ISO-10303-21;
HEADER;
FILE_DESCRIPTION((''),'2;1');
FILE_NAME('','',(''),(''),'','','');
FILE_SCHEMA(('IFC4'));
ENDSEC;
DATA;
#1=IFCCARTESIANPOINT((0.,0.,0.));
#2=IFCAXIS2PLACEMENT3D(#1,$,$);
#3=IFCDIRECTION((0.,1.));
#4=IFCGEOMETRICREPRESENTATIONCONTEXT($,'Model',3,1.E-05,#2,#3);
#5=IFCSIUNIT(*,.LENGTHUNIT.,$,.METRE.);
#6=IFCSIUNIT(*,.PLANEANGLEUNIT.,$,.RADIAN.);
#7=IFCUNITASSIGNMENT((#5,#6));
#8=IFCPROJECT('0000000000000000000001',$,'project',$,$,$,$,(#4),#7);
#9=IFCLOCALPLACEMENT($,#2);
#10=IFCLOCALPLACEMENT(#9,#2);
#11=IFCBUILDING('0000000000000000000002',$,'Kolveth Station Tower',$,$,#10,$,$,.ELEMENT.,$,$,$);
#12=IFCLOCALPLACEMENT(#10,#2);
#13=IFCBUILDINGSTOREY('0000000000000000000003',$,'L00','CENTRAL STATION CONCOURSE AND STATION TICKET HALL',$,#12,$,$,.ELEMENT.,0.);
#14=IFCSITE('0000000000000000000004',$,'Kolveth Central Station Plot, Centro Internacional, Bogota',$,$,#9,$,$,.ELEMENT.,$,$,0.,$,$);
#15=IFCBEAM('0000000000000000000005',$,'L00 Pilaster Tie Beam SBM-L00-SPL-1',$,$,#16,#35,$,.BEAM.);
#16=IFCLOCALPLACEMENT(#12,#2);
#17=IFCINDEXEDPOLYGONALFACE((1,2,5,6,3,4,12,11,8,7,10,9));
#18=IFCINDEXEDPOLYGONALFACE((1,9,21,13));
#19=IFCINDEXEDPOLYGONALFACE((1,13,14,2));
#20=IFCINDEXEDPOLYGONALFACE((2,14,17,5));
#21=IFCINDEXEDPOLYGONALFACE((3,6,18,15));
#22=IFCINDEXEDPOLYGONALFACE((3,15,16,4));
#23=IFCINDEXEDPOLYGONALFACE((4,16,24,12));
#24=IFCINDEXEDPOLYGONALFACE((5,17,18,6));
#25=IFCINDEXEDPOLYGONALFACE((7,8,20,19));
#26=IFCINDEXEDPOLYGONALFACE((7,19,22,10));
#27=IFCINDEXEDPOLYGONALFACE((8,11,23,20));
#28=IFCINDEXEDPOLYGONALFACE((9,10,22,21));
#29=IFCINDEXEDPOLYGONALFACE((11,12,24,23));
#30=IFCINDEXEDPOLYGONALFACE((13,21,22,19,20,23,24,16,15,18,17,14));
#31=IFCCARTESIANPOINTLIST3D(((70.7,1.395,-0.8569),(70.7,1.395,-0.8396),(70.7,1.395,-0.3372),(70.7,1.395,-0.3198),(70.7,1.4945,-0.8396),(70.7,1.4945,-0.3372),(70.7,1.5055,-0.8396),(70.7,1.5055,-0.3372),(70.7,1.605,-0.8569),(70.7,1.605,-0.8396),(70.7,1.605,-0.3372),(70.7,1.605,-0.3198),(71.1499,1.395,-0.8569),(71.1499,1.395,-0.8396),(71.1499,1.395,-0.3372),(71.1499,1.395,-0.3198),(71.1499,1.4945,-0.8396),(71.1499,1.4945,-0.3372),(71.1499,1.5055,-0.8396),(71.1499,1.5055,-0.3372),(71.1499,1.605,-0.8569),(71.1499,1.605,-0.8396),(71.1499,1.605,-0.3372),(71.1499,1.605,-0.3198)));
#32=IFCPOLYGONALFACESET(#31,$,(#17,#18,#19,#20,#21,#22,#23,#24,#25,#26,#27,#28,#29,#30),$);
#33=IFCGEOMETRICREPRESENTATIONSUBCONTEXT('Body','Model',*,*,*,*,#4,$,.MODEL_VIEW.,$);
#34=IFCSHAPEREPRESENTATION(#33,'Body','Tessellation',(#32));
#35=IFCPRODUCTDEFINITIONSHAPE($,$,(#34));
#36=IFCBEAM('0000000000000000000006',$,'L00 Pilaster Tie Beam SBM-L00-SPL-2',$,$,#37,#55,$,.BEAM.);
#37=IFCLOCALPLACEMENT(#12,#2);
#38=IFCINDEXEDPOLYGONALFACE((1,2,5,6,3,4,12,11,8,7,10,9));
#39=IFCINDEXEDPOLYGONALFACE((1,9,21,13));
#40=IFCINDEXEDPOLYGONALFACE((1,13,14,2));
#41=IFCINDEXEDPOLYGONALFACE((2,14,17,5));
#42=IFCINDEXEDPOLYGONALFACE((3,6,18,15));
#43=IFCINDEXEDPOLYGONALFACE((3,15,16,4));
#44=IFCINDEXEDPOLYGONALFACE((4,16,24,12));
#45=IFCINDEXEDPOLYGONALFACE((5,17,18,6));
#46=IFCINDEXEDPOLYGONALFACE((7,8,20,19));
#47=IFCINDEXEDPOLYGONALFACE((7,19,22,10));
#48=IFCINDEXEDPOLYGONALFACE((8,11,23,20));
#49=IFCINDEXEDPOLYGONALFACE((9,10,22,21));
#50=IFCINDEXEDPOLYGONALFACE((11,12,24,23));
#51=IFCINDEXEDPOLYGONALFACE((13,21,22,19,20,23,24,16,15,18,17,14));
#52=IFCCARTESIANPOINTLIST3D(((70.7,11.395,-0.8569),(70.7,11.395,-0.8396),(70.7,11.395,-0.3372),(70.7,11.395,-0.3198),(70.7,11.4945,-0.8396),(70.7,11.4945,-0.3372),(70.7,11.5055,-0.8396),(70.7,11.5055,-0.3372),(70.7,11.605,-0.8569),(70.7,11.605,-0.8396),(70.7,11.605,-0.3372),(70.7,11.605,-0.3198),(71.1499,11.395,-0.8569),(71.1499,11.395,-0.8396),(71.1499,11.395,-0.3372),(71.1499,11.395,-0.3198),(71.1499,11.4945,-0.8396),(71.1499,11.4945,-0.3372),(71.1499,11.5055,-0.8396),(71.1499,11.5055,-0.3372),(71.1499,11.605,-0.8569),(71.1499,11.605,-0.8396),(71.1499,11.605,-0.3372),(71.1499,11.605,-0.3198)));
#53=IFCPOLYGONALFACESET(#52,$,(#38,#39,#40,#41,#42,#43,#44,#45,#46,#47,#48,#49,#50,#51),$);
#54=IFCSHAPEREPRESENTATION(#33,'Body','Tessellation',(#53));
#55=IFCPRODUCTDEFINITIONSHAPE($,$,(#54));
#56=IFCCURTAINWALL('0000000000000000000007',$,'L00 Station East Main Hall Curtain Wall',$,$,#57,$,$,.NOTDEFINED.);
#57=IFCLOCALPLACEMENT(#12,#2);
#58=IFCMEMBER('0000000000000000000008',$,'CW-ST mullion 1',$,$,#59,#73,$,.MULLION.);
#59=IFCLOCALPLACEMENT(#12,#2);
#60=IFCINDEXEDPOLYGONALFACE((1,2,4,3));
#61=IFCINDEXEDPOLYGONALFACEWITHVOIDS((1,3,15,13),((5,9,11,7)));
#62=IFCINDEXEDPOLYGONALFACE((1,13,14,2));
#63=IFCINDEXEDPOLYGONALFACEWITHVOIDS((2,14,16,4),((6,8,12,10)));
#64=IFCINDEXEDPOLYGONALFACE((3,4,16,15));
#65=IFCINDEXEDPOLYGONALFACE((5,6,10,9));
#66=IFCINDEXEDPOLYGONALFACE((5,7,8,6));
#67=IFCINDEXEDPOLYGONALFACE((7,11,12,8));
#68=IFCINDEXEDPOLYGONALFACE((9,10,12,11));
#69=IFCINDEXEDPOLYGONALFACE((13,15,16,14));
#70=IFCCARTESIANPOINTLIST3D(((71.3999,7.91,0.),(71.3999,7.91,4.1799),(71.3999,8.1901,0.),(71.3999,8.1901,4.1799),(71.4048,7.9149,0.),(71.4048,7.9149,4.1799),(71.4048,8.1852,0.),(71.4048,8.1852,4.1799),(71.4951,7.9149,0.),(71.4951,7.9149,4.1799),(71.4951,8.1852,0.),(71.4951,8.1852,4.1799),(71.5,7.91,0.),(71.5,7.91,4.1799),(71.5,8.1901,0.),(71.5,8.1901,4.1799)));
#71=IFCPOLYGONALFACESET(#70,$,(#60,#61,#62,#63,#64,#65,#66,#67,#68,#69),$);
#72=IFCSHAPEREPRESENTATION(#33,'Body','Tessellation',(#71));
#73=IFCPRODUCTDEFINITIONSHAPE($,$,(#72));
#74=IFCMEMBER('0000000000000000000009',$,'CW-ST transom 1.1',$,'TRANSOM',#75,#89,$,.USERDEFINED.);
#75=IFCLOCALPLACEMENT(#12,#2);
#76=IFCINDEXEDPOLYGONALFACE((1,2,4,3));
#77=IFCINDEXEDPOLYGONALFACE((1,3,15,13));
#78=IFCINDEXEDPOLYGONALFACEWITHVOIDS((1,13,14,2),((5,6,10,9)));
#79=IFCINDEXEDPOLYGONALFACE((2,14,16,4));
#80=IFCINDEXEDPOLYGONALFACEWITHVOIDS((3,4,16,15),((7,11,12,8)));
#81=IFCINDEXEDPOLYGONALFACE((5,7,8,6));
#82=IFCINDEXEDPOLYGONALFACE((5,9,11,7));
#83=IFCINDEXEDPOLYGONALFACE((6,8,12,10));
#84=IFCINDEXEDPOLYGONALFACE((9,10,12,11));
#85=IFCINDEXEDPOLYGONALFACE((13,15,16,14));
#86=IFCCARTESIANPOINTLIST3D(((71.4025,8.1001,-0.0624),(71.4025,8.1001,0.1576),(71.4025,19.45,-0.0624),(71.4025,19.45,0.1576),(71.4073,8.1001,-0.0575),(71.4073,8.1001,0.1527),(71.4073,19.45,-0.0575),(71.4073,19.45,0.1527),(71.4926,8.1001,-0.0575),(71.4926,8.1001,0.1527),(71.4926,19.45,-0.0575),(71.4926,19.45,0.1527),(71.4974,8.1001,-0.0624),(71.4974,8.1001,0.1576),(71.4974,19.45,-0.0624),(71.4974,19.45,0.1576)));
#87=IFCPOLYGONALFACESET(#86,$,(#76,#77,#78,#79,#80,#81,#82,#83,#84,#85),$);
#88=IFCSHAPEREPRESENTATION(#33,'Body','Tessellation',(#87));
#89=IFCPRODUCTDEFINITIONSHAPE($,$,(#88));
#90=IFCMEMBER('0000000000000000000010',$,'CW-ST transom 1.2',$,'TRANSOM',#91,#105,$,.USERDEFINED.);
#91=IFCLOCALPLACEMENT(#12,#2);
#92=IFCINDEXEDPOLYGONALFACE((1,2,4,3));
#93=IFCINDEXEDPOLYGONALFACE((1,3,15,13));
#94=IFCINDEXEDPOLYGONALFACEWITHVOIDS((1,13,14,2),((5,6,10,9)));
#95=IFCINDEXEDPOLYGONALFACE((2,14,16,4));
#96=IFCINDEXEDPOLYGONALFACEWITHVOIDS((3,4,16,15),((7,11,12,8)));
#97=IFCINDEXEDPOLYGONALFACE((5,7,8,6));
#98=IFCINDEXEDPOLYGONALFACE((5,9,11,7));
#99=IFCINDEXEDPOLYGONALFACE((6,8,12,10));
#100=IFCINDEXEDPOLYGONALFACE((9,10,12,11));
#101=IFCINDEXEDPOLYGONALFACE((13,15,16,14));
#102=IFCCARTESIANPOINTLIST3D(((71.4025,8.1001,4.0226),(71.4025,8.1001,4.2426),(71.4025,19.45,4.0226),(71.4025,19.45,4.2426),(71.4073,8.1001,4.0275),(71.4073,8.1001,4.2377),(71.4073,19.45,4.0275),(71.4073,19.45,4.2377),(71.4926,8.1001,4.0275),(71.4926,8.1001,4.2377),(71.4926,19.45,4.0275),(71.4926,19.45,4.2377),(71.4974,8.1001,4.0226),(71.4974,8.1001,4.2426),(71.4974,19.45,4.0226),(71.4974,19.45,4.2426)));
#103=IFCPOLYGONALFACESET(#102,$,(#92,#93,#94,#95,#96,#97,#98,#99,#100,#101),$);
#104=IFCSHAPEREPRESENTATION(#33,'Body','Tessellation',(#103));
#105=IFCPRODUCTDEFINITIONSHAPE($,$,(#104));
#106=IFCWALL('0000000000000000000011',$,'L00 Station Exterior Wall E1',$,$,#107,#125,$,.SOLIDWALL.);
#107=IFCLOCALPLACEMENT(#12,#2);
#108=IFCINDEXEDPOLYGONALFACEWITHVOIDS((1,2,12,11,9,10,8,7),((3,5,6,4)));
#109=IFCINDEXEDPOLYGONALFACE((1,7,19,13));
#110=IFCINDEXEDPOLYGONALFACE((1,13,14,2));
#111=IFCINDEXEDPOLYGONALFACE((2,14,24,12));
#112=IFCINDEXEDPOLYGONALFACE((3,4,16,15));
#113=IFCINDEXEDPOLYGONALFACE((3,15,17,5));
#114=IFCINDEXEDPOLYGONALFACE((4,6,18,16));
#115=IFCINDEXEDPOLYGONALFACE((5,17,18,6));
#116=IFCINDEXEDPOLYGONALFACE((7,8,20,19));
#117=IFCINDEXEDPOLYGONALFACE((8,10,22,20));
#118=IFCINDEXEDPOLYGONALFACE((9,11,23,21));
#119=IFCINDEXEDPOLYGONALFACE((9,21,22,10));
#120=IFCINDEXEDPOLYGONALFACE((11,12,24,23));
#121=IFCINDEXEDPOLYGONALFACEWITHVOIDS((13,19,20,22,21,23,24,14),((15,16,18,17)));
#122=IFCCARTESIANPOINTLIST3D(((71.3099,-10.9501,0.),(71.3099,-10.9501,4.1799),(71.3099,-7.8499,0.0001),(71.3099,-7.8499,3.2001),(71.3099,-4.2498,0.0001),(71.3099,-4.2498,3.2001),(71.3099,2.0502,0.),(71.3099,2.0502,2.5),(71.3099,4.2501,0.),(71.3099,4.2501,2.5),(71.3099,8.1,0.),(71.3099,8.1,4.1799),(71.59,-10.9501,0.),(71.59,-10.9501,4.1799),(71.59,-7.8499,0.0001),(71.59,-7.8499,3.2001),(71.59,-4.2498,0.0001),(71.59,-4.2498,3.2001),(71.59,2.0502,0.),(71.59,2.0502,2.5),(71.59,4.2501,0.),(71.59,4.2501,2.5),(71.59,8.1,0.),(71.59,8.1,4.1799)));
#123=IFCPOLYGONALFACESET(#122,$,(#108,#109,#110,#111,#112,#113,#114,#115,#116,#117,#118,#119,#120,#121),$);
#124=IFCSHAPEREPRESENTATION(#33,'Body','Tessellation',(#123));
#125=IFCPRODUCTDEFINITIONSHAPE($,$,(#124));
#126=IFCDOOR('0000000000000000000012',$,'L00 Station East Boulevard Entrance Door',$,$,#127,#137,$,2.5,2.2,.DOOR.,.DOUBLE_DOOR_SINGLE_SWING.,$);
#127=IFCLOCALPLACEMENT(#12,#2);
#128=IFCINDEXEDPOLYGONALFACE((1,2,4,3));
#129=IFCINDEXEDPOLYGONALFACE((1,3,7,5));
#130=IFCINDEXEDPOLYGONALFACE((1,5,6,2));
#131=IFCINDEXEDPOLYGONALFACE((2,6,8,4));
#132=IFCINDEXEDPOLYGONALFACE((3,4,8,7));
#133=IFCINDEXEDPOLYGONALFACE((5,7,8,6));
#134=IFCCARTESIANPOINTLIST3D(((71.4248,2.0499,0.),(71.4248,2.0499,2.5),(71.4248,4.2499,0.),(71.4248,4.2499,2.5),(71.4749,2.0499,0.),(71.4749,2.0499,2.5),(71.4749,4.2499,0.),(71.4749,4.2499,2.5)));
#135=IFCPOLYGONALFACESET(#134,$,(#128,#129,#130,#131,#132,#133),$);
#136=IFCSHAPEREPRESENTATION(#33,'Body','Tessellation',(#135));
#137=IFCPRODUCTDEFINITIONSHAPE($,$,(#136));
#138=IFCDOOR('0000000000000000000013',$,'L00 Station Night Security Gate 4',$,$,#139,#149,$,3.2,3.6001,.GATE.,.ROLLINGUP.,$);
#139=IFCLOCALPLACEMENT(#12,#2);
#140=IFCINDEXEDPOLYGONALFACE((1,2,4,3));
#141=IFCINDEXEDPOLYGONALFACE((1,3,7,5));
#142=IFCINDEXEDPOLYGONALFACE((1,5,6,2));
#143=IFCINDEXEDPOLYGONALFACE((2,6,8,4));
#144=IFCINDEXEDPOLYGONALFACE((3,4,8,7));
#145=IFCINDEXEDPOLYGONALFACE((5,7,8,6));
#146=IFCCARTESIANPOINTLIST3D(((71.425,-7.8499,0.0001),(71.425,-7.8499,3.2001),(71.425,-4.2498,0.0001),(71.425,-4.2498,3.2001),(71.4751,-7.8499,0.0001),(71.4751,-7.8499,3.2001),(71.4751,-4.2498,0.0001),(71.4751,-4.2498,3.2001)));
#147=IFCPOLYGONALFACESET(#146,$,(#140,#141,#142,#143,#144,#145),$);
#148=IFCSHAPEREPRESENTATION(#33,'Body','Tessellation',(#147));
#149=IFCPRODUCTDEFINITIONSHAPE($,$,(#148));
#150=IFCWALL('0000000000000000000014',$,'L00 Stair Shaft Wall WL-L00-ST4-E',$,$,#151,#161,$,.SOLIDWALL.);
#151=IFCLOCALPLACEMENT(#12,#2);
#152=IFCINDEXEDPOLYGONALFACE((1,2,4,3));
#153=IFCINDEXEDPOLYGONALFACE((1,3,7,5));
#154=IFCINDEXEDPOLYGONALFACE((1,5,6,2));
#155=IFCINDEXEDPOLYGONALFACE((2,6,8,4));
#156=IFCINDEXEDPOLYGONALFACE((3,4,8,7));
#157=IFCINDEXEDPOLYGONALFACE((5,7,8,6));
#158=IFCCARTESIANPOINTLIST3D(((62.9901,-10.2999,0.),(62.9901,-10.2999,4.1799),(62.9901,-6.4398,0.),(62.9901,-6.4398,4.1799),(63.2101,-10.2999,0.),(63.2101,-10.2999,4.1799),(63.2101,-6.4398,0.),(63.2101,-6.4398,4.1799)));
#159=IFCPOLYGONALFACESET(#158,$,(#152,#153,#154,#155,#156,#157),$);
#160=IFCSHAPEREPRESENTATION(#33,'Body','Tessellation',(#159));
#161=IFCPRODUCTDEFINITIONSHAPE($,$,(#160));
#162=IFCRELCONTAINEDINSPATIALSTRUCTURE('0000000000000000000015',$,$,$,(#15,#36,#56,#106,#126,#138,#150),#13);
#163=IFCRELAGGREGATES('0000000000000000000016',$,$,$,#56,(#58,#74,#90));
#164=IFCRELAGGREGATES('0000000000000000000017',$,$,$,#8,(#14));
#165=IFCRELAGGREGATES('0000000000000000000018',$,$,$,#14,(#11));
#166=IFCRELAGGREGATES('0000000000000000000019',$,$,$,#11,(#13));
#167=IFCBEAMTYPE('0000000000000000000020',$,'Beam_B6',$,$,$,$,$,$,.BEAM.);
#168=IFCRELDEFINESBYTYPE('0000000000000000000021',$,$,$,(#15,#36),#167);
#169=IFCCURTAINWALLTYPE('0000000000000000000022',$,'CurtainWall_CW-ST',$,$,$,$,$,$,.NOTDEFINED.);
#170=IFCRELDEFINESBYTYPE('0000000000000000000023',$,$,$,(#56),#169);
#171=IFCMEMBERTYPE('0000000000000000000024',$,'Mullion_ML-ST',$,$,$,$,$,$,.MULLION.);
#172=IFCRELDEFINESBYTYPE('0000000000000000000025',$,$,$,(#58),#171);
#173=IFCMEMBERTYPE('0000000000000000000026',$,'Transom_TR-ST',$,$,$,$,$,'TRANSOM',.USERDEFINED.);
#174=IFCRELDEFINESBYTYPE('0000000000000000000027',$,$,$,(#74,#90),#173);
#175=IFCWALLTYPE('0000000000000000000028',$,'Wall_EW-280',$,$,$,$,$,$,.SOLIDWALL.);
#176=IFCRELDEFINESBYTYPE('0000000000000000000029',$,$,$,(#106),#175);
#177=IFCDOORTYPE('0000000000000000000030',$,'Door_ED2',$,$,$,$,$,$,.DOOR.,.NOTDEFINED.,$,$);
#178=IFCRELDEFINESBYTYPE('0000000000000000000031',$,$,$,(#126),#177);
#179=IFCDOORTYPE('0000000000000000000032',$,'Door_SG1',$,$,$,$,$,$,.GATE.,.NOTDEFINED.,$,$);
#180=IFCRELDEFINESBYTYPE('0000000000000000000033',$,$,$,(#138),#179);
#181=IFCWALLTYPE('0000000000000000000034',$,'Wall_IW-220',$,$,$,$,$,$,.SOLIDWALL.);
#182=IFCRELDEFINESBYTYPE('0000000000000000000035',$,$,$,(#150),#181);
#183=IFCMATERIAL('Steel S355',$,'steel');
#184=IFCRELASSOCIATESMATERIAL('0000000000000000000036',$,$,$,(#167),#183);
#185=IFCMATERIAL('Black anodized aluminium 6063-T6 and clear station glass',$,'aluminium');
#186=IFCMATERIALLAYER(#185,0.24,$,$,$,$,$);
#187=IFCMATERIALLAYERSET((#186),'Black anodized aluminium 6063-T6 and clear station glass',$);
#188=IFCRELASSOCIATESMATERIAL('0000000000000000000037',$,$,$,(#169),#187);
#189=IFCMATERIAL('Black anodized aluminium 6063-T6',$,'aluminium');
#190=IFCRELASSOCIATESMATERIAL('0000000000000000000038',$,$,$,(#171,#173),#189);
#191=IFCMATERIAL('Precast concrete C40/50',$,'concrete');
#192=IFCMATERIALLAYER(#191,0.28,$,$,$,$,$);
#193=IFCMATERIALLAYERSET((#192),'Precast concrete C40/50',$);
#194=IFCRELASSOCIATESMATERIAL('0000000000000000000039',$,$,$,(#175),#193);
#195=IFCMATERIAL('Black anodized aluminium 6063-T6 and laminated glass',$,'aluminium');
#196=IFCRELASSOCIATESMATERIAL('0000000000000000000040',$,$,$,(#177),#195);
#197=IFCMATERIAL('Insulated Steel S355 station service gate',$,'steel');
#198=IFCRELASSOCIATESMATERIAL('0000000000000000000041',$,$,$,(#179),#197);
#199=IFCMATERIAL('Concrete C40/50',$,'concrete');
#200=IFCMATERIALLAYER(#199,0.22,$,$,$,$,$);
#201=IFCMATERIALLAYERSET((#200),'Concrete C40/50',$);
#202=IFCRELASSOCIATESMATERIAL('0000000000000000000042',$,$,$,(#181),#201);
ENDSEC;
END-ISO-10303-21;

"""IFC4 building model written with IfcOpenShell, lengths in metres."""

from ifc_helpers import new_model, si_unit, direction, frame, frame_2d, origin, origin_2d, place, context, subcontext, project, spatial, rectangle, hollow_rectangle, i_section, extrude, source, transform, mapped, material, layer, layer_set, material_profile, profile_set, type_object, element, fill, aggregate, save


model = new_model("IFC4")

# Units and contexts
model_context = context("Model", 3, precision=1e-05, world=origin(), true_north=direction((0.0, 1.0)))
body_context = subcontext(model_context, "Body", "Model", "MODEL_VIEW")
ifc_project = project(units=[si_unit("LENGTHUNIT", "METRE"), si_unit("PLANEANGLEUNIT", "RADIAN")], contexts=[model_context])

# Site, building, storey
site_placement = place(None, origin())
site = spatial("IfcSite", under=ifc_project, at=site_placement, Name="Kolveth Central Station Plot, Centro Internacional, Bogota", CompositionType="ELEMENT", RefElevation=0.0)
building_placement = place(site_placement, origin())
building = spatial("IfcBuilding", under=site, at=building_placement, Name="Kolveth Station Tower", CompositionType="ELEMENT")
storey_placement = place(building_placement, origin())
storey = spatial("IfcBuildingStorey", under=building, at=storey_placement, Name="L00", Description="CENTRAL STATION CONCOURSE AND STATION TICKET HALL", CompositionType="ELEMENT", Elevation=0.0)

# Shared definitions
ifc_material_1 = material(Name="Steel S355", Category="steel")

# Beams
ifc_material_profile_1 = material_profile(ifc_material_1, i_section(OverallWidth=0.21, OverallDepth=0.5371, WebThickness=0.011, FlangeThickness=0.0173, at=origin_2d()), Name="W530x101")
ifc_profile_set_1 = profile_set([ifc_material_profile_1], Name="Steel S355")
beam_type_1 = type_object("IfcBeamType", Name="Beam_B6", PredefinedType="BEAM", material=ifc_profile_set_1)
shared_shape_1 = source(origin(), body_context, "Body", "SweptSolid", [
    extrude(i_section(OverallWidth=0.21, OverallDepth=0.5371, WebThickness=0.011, FlangeThickness=0.0173, at=origin_2d()), origin(), (0.0, 0.0, 1.0), 0.45),
])
for number, where, z_axis, x_axis, name in (
    (1, (70.7, 1.5, -0.5884), (1.0, 0.0, 0.0), (0.0, 1.0, 0.0), "L00 Pilaster Tie Beam SBM-L00-SPL-1"),
    (2, (70.7, 11.5, -0.5884), (1.0, 0.0, 0.0), (0.0, 1.0, 0.0), "L00 Pilaster Tie Beam SBM-L00-SPL-2"),
):
    element("IfcBeam", number, at=place(storey_placement, frame(where, z_axis=z_axis, x_axis=x_axis)), inside=storey, type_object=beam_type_1, Name=name, PredefinedType="BEAM", context=body_context, shape_type="MappedRepresentation", body=[
        mapped(shared_shape_1, transform((0.0, 0.0, 0.0), x_axis=(1.0, 0.0, 0.0), y_axis=(0.0, 1.0, 0.0), z_axis=(0.0, 0.0, 1.0), scale=1.0)),
    ])

# Curtain wall, members
ifc_material_2 = material(Name="Black anodized aluminium 6063-T6 and clear station glass", Category="aluminium")
ifc_layer_1 = layer(ifc_material_2, 0.24)
ifc_layer_set_1 = layer_set([ifc_layer_1], Name="Black anodized aluminium 6063-T6 and clear station glass")
curtain_wall_type = type_object("IfcCurtainWallType", Name="CurtainWall_CW-ST", PredefinedType="NOTDEFINED", material=ifc_layer_set_1)
curtain_wall_placement = place(storey_placement, origin())
curtain_wall = element("IfcCurtainWall", 3, at=curtain_wall_placement, inside=storey, type_object=curtain_wall_type, Name="L00 Station East Main Hall Curtain Wall", PredefinedType="NOTDEFINED")
ifc_material_3 = material(Name="Black anodized aluminium 6063-T6", Category="aluminium")
ifc_material_profile_2 = material_profile(ifc_material_3, hollow_rectangle(XDim=0.1001, YDim=0.28, WallThickness=0.0049, at=origin_2d()), Name="ALU-100x280x5")
ifc_profile_set_2 = profile_set([ifc_material_profile_2], Name="Black anodized aluminium 6063-T6")
member_type_1 = type_object("IfcMemberType", Name="Mullion_ML-ST", PredefinedType="MULLION", material=ifc_profile_set_2)
shared_shape_2 = source(origin(), body_context, "Body", "SweptSolid", [
    extrude(hollow_rectangle(XDim=0.1001, YDim=0.28, WallThickness=0.0049, at=origin_2d()), origin(), (0.0, 0.0, 1.0), 4.1799),
])
member_1_placement = place(storey_placement, frame((71.45, 8.05, 0.0), z_axis=(0.0, 0.0, 1.0), x_axis=(-1.0, 0.0, 0.0)))
member_1 = element("IfcMember", 4, at=member_1_placement, type_object=member_type_1, Name="CW-ST mullion 1", PredefinedType="MULLION", context=body_context, shape_type="MappedRepresentation", body=[
    mapped(shared_shape_2, transform((0.0, 0.0, 0.0), x_axis=(1.0, 0.0, 0.0), y_axis=(0.0, 1.0, 0.0), z_axis=(0.0, 0.0, 1.0), scale=1.0)),
])
ifc_material_profile_3 = material_profile(ifc_material_3, hollow_rectangle(XDim=0.095, YDim=0.22, WallThickness=0.0049, at=origin_2d()), Name="ALU-95x220x5")
ifc_profile_set_3 = profile_set([ifc_material_profile_3], Name="Black anodized aluminium 6063-T6")
member_type_2 = type_object("IfcMemberType", Name="Transom_TR-ST", ElementType="TRANSOM", PredefinedType="USERDEFINED", material=ifc_profile_set_3)
shared_shape_3 = source(origin(), body_context, "Body", "SweptSolid", [
    extrude(hollow_rectangle(XDim=0.095, YDim=0.22, WallThickness=0.0049, at=origin_2d()), origin(), (0.0, 0.0, 1.0), 11.3499),
])
member_2_placement = place(storey_placement, frame((71.45, 8.1001, 0.0476), z_axis=(0.0, 1.0, 0.0), x_axis=(-1.0, 0.0, 0.0)))
member_2 = element("IfcMember", 5, at=member_2_placement, type_object=member_type_2, Name="CW-ST transom 1.1", ObjectType="TRANSOM", PredefinedType="USERDEFINED", context=body_context, shape_type="MappedRepresentation", body=[
    mapped(shared_shape_3, transform((0.0, 0.0, 0.0), x_axis=(1.0, 0.0, 0.0), y_axis=(0.0, 1.0, 0.0), z_axis=(0.0, 0.0, 1.0), scale=1.0)),
])
member_3_placement = place(storey_placement, frame((71.45, 8.1001, 4.1326), z_axis=(0.0, 1.0, 0.0), x_axis=(-1.0, 0.0, 0.0)))
member_3 = element("IfcMember", 6, at=member_3_placement, type_object=member_type_2, Name="CW-ST transom 1.2", ObjectType="TRANSOM", PredefinedType="USERDEFINED", context=body_context, shape_type="MappedRepresentation", body=[
    mapped(shared_shape_3, transform((0.0, 0.0, 0.0), x_axis=(1.0, 0.0, 0.0), y_axis=(0.0, 1.0, 0.0), z_axis=(0.0, 0.0, 1.0), scale=1.0)),
])
aggregate(curtain_wall, [member_1, member_2, member_3])

# Wall, openings, doors
ifc_material_4 = material(Name="Precast concrete C40/50", Category="concrete")
ifc_layer_2 = layer(ifc_material_4, 0.28)
ifc_layer_set_2 = layer_set([ifc_layer_2], Name="Precast concrete C40/50")
wall_type_1 = type_object("IfcWallType", Name="Wall_EW-280", PredefinedType="SOLIDWALL", material=ifc_layer_set_2)
wall_1_placement = place(storey_placement, frame((71.45, -10.95, 0.0), z_axis=(0.0, 0.0, 1.0), x_axis=(0.0, 1.0, 0.0)))
wall_1 = element("IfcWall", 7, at=wall_1_placement, inside=storey, type_object=wall_type_1, Name="L00 Station Exterior Wall E1", PredefinedType="SOLIDWALL", context=body_context, shape_type="SweptSolid", body=[
    extrude(rectangle(XDim=19.05, YDim=0.28, at=frame_2d((9.5249, 0.0))), origin(), (0.0, 0.0, 1.0), 4.1799),
])
opening_1_placement = place(wall_1_placement, frame((13.0, 0.0, 0.0)))
opening_1 = element("IfcOpeningElement", 8, at=opening_1_placement, cuts=wall_1, PredefinedType="OPENING", context=body_context, shape_type="SweptSolid", body=[
    extrude(rectangle(XDim=2.2, YDim=2.5, at=frame_2d((1.1001, 1.25))), frame((0.0, 0.1499, 0.0), z_axis=(0.0, -1.0, 0.0), x_axis=(1.0, 0.0, 0.0)), (0.0, 0.0, 1.0), 0.3),
])
opening_2_placement = place(wall_1_placement, frame((3.1001, 0.0, 0.0)))
opening_2 = element("IfcOpeningElement", 9, at=opening_2_placement, cuts=wall_1, PredefinedType="OPENING", context=body_context, shape_type="SweptSolid", body=[
    extrude(rectangle(XDim=3.6001, YDim=3.2, at=frame_2d((1.8, 1.6001))), frame((0.0, 0.1499, 0.0), z_axis=(0.0, -1.0, 0.0), x_axis=(1.0, 0.0, 0.0)), (0.0, 0.0, 1.0), 0.3),
])
ifc_material_5 = material(Name="Black anodized aluminium 6063-T6 and laminated glass", Category="aluminium")
door_type_1 = type_object("IfcDoorType", Name="Door_ED2", OperationType="NOTDEFINED", PredefinedType="DOOR", material=ifc_material_5)
door_1_placement = place(opening_1_placement, frame((2.2, 0.0, 0.0), z_axis=(0.0, 0.0, 1.0), x_axis=(-1.0, 0.0, 0.0)))
door_1 = element("IfcDoor", 10, at=door_1_placement, inside=storey, type_object=door_type_1, Name="L00 Station East Boulevard Entrance Door", OperationType="DOUBLE_DOOR_SINGLE_SWING", OverallHeight=2.5, OverallWidth=2.2, PredefinedType="DOOR", context=body_context, shape_type="SweptSolid", body=[
    extrude(rectangle(XDim=2.2, YDim=2.5, at=frame_2d((1.1001, 1.25))), frame((0.0, 0.0249, 0.0), z_axis=(0.0, -1.0, 0.0), x_axis=(1.0, 0.0, 0.0)), (0.0, 0.0, 1.0), 0.05),
])
fill(opening_1, door_1)
ifc_material_6 = material(Name="Insulated Steel S355 station service gate", Category="steel")
door_type_2 = type_object("IfcDoorType", Name="Door_SG1", OperationType="NOTDEFINED", PredefinedType="GATE", material=ifc_material_6)
door_2_placement = place(opening_2_placement, origin())
door_2 = element("IfcDoor", 11, at=door_2_placement, inside=storey, type_object=door_type_2, Name="L00 Station Night Security Gate 4", OperationType="ROLLINGUP", OverallHeight=3.2, OverallWidth=3.6001, PredefinedType="GATE", context=body_context, shape_type="SweptSolid", body=[
    extrude(rectangle(XDim=3.6001, YDim=3.2, at=frame_2d((1.8, 1.6001))), frame((0.0, 0.0249, 0.0), z_axis=(0.0, -1.0, 0.0), x_axis=(1.0, 0.0, 0.0)), (0.0, 0.0, 1.0), 0.05),
])
fill(opening_2, door_2)

# Wall
ifc_material_7 = material(Name="Concrete C40/50", Category="concrete")
ifc_layer_3 = layer(ifc_material_7, 0.22)
ifc_layer_set_3 = layer_set([ifc_layer_3], Name="Concrete C40/50")
wall_type_2 = type_object("IfcWallType", Name="Wall_IW-220", PredefinedType="SOLIDWALL", material=ifc_layer_set_3)
wall_2_placement = place(storey_placement, frame((63.1001, -10.3, 0.0), z_axis=(0.0, 0.0, 1.0), x_axis=(0.0, 1.0, 0.0)))
element("IfcWall", 12, at=wall_2_placement, inside=storey, type_object=wall_type_2, Name="L00 Stair Shaft Wall WL-L00-ST4-E", PredefinedType="SOLIDWALL", context=body_context, shape_type="SweptSolid", body=[
    extrude(rectangle(XDim=3.8601, YDim=0.22, at=frame_2d((1.9302, 0.0))), origin(), (0.0, 0.0, 1.0), 4.1799),
])

save(model, "model.ifc")
